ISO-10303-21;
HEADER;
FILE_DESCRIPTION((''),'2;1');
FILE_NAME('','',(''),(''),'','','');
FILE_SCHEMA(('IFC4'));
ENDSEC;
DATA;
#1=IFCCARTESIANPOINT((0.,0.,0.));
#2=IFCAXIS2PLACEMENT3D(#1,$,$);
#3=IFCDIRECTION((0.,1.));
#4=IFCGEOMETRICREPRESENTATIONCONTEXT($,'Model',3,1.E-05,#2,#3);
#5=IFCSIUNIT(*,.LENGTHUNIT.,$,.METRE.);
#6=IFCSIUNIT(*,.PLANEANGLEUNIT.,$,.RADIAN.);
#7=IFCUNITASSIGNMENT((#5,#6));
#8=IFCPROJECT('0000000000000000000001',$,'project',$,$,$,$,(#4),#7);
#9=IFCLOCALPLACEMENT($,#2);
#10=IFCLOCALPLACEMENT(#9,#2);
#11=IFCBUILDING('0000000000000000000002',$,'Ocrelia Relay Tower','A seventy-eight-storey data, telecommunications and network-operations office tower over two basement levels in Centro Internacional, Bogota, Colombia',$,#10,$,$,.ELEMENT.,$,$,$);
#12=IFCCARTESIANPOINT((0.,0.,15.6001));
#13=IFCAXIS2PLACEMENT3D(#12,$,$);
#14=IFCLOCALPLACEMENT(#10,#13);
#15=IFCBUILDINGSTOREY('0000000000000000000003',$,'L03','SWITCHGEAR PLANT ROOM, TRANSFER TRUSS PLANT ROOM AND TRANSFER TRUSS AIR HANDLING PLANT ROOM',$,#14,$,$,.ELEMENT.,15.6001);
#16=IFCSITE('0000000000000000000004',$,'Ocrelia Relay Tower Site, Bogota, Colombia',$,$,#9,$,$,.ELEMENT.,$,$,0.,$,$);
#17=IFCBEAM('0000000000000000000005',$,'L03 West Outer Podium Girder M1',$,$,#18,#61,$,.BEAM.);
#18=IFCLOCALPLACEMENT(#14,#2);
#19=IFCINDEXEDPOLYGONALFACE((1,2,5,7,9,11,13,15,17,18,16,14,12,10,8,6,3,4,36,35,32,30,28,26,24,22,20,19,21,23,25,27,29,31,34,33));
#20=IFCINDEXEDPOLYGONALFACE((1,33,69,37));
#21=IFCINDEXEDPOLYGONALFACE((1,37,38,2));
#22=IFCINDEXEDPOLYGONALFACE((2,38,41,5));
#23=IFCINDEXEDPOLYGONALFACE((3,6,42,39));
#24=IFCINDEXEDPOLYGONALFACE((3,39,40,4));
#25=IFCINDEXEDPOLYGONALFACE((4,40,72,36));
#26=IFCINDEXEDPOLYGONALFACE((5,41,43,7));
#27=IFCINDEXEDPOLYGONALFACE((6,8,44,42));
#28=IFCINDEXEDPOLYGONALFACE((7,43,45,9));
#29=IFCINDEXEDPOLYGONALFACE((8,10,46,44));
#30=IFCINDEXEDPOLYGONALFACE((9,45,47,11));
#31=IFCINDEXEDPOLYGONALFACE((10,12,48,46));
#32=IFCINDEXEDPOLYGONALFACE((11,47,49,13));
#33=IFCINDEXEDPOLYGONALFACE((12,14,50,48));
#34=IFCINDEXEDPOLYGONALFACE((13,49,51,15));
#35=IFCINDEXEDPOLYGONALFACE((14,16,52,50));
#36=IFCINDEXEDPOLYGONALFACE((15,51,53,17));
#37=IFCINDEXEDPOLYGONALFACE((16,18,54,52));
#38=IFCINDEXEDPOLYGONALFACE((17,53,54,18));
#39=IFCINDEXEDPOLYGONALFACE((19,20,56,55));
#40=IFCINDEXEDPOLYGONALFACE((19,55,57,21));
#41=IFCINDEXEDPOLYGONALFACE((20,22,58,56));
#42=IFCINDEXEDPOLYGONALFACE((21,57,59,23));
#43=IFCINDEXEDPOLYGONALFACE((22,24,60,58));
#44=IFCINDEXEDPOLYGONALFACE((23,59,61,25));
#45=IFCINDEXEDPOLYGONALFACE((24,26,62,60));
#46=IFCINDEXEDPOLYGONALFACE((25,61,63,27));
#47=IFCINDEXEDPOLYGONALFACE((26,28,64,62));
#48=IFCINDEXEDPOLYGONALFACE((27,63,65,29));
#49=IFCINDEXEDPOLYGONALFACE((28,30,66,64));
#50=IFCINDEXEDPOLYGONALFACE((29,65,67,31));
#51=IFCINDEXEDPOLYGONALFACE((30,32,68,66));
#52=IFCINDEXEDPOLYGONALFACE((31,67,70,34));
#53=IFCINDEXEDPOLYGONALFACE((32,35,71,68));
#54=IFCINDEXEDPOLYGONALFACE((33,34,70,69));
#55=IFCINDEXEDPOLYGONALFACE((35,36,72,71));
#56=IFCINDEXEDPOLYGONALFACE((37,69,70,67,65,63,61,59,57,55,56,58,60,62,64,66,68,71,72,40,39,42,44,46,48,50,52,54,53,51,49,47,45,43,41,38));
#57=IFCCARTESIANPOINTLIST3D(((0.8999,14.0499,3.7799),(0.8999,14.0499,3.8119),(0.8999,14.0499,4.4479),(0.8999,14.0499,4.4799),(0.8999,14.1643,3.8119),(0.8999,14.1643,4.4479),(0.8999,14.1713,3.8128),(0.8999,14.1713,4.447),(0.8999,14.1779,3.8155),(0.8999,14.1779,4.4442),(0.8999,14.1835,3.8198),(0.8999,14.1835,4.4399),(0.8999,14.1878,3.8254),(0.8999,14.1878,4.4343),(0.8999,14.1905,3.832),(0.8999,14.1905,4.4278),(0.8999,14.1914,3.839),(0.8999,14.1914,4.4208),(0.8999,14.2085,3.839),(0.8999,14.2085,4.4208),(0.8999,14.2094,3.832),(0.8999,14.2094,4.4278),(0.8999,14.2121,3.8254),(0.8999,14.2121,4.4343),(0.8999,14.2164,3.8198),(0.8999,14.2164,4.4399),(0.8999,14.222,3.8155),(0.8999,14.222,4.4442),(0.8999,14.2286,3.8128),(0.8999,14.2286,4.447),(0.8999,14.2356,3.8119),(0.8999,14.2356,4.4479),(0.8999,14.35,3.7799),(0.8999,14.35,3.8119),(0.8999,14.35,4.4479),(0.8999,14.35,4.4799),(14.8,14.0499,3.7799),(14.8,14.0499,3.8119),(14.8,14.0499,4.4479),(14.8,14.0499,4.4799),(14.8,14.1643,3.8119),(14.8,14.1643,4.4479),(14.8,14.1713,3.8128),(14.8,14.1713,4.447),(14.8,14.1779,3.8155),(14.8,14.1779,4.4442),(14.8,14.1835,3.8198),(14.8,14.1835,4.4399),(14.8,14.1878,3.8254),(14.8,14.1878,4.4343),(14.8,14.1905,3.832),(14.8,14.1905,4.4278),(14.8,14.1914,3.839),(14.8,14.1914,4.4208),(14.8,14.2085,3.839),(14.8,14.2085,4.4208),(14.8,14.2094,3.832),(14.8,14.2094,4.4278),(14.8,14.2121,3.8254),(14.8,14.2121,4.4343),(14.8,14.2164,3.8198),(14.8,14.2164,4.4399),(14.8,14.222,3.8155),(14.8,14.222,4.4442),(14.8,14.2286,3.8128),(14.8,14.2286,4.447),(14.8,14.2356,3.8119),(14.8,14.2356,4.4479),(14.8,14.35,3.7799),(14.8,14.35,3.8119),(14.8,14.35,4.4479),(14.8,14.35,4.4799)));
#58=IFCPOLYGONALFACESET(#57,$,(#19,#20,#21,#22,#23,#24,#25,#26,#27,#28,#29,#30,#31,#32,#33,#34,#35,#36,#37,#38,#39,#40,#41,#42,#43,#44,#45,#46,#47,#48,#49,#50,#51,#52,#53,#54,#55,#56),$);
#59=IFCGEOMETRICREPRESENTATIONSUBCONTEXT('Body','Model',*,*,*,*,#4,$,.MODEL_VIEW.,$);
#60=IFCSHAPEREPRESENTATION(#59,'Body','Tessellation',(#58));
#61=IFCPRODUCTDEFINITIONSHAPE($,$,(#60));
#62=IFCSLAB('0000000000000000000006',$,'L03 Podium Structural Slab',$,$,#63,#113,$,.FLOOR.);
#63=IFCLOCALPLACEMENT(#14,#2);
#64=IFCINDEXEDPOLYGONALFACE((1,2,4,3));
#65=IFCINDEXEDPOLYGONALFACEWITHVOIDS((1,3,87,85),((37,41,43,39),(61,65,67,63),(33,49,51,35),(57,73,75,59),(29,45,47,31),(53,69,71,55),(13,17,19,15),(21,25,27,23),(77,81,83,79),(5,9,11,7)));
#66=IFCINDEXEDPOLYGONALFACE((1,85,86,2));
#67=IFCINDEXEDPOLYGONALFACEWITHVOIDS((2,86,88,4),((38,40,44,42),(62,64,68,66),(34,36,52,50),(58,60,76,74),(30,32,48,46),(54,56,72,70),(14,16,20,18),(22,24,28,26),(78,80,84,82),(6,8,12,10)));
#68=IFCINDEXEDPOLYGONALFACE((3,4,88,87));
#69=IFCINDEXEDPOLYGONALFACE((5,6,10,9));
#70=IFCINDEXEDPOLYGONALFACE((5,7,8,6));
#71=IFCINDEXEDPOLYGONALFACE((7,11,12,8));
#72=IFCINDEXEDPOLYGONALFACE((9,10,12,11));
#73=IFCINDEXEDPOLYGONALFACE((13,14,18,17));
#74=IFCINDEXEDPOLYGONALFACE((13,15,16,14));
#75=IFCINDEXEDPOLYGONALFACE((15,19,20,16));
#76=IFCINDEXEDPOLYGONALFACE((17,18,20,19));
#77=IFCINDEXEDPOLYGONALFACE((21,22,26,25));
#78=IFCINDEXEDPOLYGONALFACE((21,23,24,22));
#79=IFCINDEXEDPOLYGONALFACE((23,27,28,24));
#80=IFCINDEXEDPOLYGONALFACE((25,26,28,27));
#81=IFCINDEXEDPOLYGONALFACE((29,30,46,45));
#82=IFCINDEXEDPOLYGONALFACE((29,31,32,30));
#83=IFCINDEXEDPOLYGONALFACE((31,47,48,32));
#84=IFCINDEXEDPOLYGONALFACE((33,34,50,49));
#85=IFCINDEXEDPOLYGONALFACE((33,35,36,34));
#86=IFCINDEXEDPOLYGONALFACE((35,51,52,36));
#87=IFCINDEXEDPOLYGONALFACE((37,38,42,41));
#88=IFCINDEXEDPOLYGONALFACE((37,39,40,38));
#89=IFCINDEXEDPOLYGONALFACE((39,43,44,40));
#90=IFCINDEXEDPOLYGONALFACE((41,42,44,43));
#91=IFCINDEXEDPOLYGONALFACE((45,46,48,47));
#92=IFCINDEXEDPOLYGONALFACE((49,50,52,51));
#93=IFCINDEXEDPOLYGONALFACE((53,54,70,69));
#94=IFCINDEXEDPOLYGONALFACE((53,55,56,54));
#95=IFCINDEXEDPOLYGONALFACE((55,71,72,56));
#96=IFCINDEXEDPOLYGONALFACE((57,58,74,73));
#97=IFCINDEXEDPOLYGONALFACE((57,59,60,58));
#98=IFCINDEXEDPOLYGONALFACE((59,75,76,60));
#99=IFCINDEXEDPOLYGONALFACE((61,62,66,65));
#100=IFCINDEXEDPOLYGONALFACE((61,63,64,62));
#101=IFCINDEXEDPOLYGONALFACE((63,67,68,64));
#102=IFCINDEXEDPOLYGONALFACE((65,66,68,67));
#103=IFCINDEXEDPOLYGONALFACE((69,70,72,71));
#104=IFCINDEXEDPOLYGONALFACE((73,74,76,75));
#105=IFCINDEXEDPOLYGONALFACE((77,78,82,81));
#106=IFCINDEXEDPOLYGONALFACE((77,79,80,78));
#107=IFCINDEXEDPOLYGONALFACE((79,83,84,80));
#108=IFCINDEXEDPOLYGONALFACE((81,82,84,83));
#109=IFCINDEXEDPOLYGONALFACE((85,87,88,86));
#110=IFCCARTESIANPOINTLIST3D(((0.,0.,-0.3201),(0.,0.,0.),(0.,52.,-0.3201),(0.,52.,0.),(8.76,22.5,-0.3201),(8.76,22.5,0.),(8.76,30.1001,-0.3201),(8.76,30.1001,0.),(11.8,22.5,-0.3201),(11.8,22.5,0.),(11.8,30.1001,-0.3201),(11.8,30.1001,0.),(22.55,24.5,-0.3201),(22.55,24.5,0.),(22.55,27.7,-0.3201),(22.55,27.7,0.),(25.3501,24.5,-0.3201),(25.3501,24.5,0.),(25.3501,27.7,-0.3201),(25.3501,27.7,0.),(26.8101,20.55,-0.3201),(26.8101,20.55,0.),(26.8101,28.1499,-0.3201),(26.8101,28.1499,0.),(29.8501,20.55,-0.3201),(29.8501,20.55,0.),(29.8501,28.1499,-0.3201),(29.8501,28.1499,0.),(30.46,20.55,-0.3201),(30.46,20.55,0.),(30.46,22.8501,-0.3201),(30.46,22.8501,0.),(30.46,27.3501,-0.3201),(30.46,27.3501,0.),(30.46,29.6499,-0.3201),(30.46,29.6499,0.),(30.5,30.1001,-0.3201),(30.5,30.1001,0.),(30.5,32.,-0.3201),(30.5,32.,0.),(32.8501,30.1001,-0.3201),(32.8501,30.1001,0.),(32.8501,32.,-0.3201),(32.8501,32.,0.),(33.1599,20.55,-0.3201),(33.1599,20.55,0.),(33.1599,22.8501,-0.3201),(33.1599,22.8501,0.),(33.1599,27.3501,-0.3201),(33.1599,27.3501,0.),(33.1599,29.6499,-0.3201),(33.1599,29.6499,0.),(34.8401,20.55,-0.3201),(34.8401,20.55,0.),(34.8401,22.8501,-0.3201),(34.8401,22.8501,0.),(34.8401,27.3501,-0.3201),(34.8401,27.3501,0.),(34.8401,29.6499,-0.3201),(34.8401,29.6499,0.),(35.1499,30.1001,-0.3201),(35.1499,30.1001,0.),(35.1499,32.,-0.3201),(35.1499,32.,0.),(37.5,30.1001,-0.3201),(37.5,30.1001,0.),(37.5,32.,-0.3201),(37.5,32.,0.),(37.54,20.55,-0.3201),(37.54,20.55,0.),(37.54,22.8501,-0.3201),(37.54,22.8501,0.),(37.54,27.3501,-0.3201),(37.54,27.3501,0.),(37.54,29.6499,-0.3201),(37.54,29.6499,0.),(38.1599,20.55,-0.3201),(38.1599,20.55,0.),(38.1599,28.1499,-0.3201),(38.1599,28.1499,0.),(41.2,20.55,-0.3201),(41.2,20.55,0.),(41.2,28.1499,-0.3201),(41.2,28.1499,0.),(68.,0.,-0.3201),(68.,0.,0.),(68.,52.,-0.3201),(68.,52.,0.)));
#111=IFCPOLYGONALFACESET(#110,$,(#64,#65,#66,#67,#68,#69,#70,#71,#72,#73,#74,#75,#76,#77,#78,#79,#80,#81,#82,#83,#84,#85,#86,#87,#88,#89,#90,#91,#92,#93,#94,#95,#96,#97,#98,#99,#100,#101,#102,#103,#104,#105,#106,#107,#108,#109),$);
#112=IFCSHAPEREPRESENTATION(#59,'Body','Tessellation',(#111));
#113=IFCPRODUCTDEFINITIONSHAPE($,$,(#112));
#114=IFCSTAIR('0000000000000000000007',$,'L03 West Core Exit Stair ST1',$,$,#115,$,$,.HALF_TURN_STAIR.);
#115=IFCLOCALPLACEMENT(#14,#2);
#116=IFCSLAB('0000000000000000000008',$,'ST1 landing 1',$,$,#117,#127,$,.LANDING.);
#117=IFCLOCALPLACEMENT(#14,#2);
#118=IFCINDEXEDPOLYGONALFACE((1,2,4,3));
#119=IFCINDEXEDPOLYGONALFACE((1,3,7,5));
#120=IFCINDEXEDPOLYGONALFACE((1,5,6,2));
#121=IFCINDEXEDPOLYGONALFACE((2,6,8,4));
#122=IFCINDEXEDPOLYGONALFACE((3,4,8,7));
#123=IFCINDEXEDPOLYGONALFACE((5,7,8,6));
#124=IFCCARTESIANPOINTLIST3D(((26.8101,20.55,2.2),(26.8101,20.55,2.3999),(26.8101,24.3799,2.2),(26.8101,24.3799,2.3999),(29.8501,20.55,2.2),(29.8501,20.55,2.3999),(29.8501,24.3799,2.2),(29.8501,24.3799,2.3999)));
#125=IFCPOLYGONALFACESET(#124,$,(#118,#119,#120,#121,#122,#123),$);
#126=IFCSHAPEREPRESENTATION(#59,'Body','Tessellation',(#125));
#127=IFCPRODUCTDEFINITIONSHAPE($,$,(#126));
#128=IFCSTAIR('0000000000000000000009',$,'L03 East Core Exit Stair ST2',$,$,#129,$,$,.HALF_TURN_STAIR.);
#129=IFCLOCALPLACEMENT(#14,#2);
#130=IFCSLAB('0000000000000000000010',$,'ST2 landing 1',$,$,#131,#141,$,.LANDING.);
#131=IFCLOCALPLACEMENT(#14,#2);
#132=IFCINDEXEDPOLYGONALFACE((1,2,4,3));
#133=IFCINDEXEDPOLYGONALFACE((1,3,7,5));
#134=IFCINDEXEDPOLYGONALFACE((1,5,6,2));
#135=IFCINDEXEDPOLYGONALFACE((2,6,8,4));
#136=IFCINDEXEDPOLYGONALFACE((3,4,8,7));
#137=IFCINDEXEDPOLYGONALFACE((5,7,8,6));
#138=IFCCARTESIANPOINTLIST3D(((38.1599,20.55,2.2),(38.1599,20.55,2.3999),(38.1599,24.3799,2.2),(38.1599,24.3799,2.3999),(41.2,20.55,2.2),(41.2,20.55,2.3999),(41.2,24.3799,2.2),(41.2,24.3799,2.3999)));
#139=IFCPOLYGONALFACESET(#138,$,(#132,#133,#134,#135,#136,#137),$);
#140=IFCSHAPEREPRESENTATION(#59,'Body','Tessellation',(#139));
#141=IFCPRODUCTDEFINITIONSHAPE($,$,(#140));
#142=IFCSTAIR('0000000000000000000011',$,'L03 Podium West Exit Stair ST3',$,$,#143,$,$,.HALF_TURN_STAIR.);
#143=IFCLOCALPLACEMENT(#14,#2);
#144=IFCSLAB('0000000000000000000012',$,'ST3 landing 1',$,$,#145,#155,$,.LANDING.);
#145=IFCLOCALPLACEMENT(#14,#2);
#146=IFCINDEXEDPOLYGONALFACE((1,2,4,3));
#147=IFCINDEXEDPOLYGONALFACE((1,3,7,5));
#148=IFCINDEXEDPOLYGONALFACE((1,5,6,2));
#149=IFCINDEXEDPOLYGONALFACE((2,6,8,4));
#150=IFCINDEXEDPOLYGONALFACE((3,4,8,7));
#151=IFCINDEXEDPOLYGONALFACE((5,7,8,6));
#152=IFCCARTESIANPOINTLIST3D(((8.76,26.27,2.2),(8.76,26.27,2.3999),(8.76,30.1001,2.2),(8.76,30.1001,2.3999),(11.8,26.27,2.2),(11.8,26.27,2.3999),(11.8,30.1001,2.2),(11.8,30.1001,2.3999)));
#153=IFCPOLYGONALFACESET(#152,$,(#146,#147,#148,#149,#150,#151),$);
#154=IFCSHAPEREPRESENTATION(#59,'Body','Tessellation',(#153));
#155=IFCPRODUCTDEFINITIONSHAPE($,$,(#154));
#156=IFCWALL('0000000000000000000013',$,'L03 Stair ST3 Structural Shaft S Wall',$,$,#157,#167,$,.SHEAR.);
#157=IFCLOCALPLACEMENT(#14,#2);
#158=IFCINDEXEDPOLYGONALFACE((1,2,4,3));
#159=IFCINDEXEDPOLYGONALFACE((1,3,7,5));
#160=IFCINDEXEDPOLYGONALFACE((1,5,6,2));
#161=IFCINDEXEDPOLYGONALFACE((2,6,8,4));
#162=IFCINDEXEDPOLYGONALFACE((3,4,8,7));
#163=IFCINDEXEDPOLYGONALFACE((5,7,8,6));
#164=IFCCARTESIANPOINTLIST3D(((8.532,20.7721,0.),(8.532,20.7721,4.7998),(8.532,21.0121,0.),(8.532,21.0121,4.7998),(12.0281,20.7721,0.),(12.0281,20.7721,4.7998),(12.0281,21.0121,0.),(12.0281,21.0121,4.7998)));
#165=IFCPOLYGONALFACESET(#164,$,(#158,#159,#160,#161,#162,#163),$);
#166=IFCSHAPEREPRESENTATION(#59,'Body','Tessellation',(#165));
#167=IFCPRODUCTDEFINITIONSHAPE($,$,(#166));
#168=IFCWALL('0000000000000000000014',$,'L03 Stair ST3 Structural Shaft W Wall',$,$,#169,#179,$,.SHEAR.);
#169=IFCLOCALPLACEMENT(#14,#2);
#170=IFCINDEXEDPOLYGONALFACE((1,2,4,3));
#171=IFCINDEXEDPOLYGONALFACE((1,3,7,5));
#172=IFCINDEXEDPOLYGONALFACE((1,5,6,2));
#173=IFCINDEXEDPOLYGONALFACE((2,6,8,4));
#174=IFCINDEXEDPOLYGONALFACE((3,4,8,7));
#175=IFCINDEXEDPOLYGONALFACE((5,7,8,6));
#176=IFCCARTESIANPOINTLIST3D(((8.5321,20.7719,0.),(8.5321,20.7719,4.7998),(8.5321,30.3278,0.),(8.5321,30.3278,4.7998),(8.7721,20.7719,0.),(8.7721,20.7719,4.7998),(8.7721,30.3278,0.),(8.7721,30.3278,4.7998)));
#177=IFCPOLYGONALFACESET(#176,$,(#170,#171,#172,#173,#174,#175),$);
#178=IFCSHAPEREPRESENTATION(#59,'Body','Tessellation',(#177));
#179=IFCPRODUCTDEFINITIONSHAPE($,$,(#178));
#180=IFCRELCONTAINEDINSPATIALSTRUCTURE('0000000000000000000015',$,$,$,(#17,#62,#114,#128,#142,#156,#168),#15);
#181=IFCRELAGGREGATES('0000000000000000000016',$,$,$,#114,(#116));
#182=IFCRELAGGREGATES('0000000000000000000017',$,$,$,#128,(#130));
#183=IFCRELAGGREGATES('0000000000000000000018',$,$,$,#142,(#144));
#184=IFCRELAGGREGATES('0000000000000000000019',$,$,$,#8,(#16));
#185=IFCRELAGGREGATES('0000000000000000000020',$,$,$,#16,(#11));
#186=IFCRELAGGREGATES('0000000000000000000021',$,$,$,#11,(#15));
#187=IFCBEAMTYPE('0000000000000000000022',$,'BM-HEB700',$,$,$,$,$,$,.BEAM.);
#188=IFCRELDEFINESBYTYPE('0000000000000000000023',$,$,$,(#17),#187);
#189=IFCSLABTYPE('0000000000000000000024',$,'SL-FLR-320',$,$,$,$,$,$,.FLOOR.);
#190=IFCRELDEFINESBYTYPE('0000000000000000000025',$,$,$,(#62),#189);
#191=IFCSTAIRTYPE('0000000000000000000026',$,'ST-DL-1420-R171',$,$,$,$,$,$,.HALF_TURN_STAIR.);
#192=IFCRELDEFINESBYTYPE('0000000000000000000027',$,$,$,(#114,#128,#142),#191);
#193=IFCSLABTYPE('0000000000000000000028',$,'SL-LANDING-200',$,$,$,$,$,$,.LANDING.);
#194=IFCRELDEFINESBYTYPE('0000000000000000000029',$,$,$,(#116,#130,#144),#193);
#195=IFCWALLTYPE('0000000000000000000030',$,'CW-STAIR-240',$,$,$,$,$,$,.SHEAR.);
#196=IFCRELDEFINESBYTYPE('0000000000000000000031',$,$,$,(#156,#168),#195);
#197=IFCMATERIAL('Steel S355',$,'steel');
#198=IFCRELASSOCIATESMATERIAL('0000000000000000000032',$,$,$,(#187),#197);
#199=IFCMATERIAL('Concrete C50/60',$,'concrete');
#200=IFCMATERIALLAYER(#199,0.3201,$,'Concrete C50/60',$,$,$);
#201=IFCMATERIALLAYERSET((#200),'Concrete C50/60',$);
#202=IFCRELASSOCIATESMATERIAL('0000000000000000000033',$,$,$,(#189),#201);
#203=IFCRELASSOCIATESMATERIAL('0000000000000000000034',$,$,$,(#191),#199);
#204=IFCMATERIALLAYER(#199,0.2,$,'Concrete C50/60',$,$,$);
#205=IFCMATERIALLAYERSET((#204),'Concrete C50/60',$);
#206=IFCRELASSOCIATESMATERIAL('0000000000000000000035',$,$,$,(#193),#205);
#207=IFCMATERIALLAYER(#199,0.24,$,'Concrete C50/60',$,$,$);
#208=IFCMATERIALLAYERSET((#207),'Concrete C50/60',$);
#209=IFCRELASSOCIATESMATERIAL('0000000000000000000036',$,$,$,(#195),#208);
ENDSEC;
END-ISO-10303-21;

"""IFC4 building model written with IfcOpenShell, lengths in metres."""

from ifc_helpers import new_model, si_unit, direction, frame, frame_2d, origin, origin_2d, place, context, subcontext, project, spatial, polyline, rectangle, i_section, outline, extrude, material, layer, layer_set, material_profile, profile_set, type_object, element, aggregate, save


model = new_model("IFC4")

# Units and contexts
model_context = context("Model", 3, precision=1e-05, world=origin(), true_north=direction((0.0, 1.0)))
body_context = subcontext(model_context, "Body", "Model", "MODEL_VIEW")
ifc_project = project(units=[si_unit("LENGTHUNIT", "METRE"), si_unit("PLANEANGLEUNIT", "RADIAN")], contexts=[model_context])

# Site, building, storey
site_placement = place(None, origin())
site = spatial("IfcSite", under=ifc_project, at=site_placement, Name="Ocrelia Relay Tower Site, Bogota, Colombia", CompositionType="ELEMENT", RefElevation=0.0)
building_placement = place(site_placement, origin())
building = spatial("IfcBuilding", under=site, at=building_placement, Name="Ocrelia Relay Tower", Description="A seventy-eight-storey data, telecommunications and network-operations office tower over two basement levels in Centro Internacional, Bogota, Colombia", CompositionType="ELEMENT")
storey_placement = place(building_placement, frame((0.0, 0.0, 15.6001)))
storey = spatial("IfcBuildingStorey", under=building, at=storey_placement, Name="L03", Description="SWITCHGEAR PLANT ROOM, TRANSFER TRUSS PLANT ROOM AND TRANSFER TRUSS AIR HANDLING PLANT ROOM", CompositionType="ELEMENT", Elevation=15.6001)

# Beam
ifc_material_1 = material(Name="Steel S355", Category="steel")
ifc_material_profile_1 = material_profile(ifc_material_1, i_section(OverallWidth=0.3, OverallDepth=0.7, WebThickness=0.0171, FlangeThickness=0.032, FilletRadius=0.0271, at=origin_2d()), Name="HEB 700")
ifc_profile_set_1 = profile_set([ifc_material_profile_1], Name="Steel S355")
beam_type_1 = type_object("IfcBeamType", Name="BM-HEB700", PredefinedType="BEAM", material=ifc_profile_set_1)
for number, where, z_axis, x_axis, name in (
    (1, (0.8999, 14.2, 4.1299), (1.0, 0.0, 0.0), (0.0, 1.0, 0.0), "L03 West Outer Podium Girder M1"),
):
    element("IfcBeam", number, at=place(storey_placement, frame(where, z_axis=z_axis, x_axis=x_axis)), inside=storey, type_object=beam_type_1, Name=name, PredefinedType="BEAM", context=body_context, shape_type="SweptSolid", body=[
        extrude(i_section(OverallWidth=0.3, OverallDepth=0.7, WebThickness=0.0171, FlangeThickness=0.032, FilletRadius=0.0271, at=origin_2d()), origin(), (0.0, 0.0, 1.0), 13.9001),
    ])

# Slab
ifc_material_2 = material(Name="Concrete C50/60", Category="concrete")
ifc_layer_1 = layer(ifc_material_2, 0.3201, Name="Concrete C50/60")
ifc_layer_set_1 = layer_set([ifc_layer_1], Name="Concrete C50/60")
slab_type_1 = type_object("IfcSlabType", Name="SL-FLR-320", PredefinedType="FLOOR", material=ifc_layer_set_1)
slab_1_placement = place(storey_placement, frame((0.0, 0.0, -0.3201)))
element("IfcSlab", 2, at=slab_1_placement, inside=storey, type_object=slab_type_1, Name="L03 Podium Structural Slab", PredefinedType="FLOOR", context=body_context, shape_type="SweptSolid", body=[
    extrude(outline(polyline([(0.0, 0.0), (68.0, 0.0), (68.0, 52.0), (0.0, 52.0), (0.0, 0.0)]), holes=[polyline([(26.8101, 28.1499), (26.8101, 20.55), (29.8501, 20.55), (29.8501, 28.1499), (26.8101, 28.1499)]), polyline([(38.1599, 28.1499), (38.1599, 20.55), (41.2, 20.55), (41.2, 28.1499), (38.1599, 28.1499)]), polyline([(11.8, 22.5), (11.8, 30.1001), (8.76, 30.1001), (8.76, 22.5), (11.8, 22.5)]), polyline([(30.46, 20.55), (33.1599, 20.55), (33.1599, 22.8501), (30.46, 22.8501), (30.46, 20.55)]), polyline([(34.8401, 20.55), (37.54, 20.55), (37.54, 22.8501), (34.8401, 22.8501), (34.8401, 20.55)]), polyline([(30.46, 27.3501), (33.1599, 27.3501), (33.1599, 29.6499), (30.46, 29.6499), (30.46, 27.3501)]), polyline([(34.8401, 27.3501), (37.54, 27.3501), (37.54, 29.6499), (34.8401, 29.6499), (34.8401, 27.3501)]), polyline([(30.5, 30.1001), (32.8501, 30.1001), (32.8501, 32.0), (30.5, 32.0), (30.5, 30.1001)]), polyline([(35.1499, 30.1001), (37.5, 30.1001), (37.5, 32.0), (35.1499, 32.0), (35.1499, 30.1001)]), polyline([(22.55, 24.5), (25.3501, 24.5), (25.3501, 27.7), (22.55, 27.7), (22.55, 24.5)])]), origin(), (0.0, 0.0, 1.0), 0.3201),
])

# Stairs, slabs
stair_type = type_object("IfcStairType", Name="ST-DL-1420-R171", PredefinedType="HALF_TURN_STAIR", material=ifc_material_2)
stair_1_placement = place(storey_placement, origin())
stair_1 = element("IfcStair", 3, at=stair_1_placement, inside=storey, type_object=stair_type, Name="L03 West Core Exit Stair ST1", PredefinedType="HALF_TURN_STAIR")
ifc_layer_2 = layer(ifc_material_2, 0.2, Name="Concrete C50/60")
ifc_layer_set_2 = layer_set([ifc_layer_2], Name="Concrete C50/60")
slab_type_2 = type_object("IfcSlabType", Name="SL-LANDING-200", PredefinedType="LANDING", material=ifc_layer_set_2)
slab_2_placement = place(storey_placement, frame((0.0, 0.0, 2.2)))
slab_2 = element("IfcSlab", 4, at=slab_2_placement, type_object=slab_type_2, Name="ST1 landing 1", PredefinedType="LANDING", context=body_context, shape_type="SweptSolid", body=[
    extrude(outline(polyline([(26.8101, 24.3799), (26.8101, 20.55), (29.8501, 20.55), (29.8501, 24.3799), (26.8101, 24.3799)])), origin(), (0.0, 0.0, 1.0), 0.2),
])
aggregate(stair_1, [slab_2])
stair_2_placement = place(storey_placement, origin())
stair_2 = element("IfcStair", 5, at=stair_2_placement, inside=storey, type_object=stair_type, Name="L03 East Core Exit Stair ST2", PredefinedType="HALF_TURN_STAIR")
slab_3_placement = place(storey_placement, frame((0.0, 0.0, 2.2)))
slab_3 = element("IfcSlab", 6, at=slab_3_placement, type_object=slab_type_2, Name="ST2 landing 1", PredefinedType="LANDING", context=body_context, shape_type="SweptSolid", body=[
    extrude(outline(polyline([(38.1599, 24.3799), (38.1599, 20.55), (41.2, 20.55), (41.2, 24.3799), (38.1599, 24.3799)])), origin(), (0.0, 0.0, 1.0), 0.2),
])
aggregate(stair_2, [slab_3])
stair_3_placement = place(storey_placement, origin())
stair_3 = element("IfcStair", 7, at=stair_3_placement, inside=storey, type_object=stair_type, Name="L03 Podium West Exit Stair ST3", PredefinedType="HALF_TURN_STAIR")
slab_4_placement = place(storey_placement, frame((0.0, 0.0, 2.2)))
slab_4 = element("IfcSlab", 8, at=slab_4_placement, type_object=slab_type_2, Name="ST3 landing 1", PredefinedType="LANDING", context=body_context, shape_type="SweptSolid", body=[
    extrude(outline(polyline([(11.8, 26.27), (11.8, 30.1001), (8.76, 30.1001), (8.76, 26.27), (11.8, 26.27)])), origin(), (0.0, 0.0, 1.0), 0.2),
])

# Walls
ifc_layer_3 = layer(ifc_material_2, 0.24, Name="Concrete C50/60")
ifc_layer_set_3 = layer_set([ifc_layer_3], Name="Concrete C50/60")
wall_type_1 = type_object("IfcWallType", Name="CW-STAIR-240", PredefinedType="SHEAR", material=ifc_layer_set_3)
wall_1_placement = place(storey_placement, frame((8.532, 20.8921, 0.0), z_axis=(0.0, 0.0, 1.0), x_axis=(1.0, 0.0, 0.0)))
element("IfcWall", 9, at=wall_1_placement, inside=storey, type_object=wall_type_1, Name="L03 Stair ST3 Structural Shaft S Wall", PredefinedType="SHEAR", context=body_context, shape_type="SweptSolid", body=[
    extrude(rectangle(XDim=3.4961, YDim=0.24, at=frame_2d((1.748, 0.0))), origin(), (0.0, 0.0, 1.0), 4.7998),
])
wall_2_placement = place(storey_placement, frame((8.6521, 20.772, 0.0), z_axis=(0.0, 0.0, 1.0), x_axis=(0.0, 1.0, 0.0)))
element("IfcWall", 10, at=wall_2_placement, inside=storey, type_object=wall_type_1, Name="L03 Stair ST3 Structural Shaft W Wall", PredefinedType="SHEAR", context=body_context, shape_type="SweptSolid", body=[
    extrude(rectangle(XDim=9.5559, YDim=0.24, at=frame_2d((4.7778, 0.0))), origin(), (0.0, 0.0, 1.0), 4.7998),
])

aggregate(stair_3, [slab_4])

save(model, "model.ifc")
